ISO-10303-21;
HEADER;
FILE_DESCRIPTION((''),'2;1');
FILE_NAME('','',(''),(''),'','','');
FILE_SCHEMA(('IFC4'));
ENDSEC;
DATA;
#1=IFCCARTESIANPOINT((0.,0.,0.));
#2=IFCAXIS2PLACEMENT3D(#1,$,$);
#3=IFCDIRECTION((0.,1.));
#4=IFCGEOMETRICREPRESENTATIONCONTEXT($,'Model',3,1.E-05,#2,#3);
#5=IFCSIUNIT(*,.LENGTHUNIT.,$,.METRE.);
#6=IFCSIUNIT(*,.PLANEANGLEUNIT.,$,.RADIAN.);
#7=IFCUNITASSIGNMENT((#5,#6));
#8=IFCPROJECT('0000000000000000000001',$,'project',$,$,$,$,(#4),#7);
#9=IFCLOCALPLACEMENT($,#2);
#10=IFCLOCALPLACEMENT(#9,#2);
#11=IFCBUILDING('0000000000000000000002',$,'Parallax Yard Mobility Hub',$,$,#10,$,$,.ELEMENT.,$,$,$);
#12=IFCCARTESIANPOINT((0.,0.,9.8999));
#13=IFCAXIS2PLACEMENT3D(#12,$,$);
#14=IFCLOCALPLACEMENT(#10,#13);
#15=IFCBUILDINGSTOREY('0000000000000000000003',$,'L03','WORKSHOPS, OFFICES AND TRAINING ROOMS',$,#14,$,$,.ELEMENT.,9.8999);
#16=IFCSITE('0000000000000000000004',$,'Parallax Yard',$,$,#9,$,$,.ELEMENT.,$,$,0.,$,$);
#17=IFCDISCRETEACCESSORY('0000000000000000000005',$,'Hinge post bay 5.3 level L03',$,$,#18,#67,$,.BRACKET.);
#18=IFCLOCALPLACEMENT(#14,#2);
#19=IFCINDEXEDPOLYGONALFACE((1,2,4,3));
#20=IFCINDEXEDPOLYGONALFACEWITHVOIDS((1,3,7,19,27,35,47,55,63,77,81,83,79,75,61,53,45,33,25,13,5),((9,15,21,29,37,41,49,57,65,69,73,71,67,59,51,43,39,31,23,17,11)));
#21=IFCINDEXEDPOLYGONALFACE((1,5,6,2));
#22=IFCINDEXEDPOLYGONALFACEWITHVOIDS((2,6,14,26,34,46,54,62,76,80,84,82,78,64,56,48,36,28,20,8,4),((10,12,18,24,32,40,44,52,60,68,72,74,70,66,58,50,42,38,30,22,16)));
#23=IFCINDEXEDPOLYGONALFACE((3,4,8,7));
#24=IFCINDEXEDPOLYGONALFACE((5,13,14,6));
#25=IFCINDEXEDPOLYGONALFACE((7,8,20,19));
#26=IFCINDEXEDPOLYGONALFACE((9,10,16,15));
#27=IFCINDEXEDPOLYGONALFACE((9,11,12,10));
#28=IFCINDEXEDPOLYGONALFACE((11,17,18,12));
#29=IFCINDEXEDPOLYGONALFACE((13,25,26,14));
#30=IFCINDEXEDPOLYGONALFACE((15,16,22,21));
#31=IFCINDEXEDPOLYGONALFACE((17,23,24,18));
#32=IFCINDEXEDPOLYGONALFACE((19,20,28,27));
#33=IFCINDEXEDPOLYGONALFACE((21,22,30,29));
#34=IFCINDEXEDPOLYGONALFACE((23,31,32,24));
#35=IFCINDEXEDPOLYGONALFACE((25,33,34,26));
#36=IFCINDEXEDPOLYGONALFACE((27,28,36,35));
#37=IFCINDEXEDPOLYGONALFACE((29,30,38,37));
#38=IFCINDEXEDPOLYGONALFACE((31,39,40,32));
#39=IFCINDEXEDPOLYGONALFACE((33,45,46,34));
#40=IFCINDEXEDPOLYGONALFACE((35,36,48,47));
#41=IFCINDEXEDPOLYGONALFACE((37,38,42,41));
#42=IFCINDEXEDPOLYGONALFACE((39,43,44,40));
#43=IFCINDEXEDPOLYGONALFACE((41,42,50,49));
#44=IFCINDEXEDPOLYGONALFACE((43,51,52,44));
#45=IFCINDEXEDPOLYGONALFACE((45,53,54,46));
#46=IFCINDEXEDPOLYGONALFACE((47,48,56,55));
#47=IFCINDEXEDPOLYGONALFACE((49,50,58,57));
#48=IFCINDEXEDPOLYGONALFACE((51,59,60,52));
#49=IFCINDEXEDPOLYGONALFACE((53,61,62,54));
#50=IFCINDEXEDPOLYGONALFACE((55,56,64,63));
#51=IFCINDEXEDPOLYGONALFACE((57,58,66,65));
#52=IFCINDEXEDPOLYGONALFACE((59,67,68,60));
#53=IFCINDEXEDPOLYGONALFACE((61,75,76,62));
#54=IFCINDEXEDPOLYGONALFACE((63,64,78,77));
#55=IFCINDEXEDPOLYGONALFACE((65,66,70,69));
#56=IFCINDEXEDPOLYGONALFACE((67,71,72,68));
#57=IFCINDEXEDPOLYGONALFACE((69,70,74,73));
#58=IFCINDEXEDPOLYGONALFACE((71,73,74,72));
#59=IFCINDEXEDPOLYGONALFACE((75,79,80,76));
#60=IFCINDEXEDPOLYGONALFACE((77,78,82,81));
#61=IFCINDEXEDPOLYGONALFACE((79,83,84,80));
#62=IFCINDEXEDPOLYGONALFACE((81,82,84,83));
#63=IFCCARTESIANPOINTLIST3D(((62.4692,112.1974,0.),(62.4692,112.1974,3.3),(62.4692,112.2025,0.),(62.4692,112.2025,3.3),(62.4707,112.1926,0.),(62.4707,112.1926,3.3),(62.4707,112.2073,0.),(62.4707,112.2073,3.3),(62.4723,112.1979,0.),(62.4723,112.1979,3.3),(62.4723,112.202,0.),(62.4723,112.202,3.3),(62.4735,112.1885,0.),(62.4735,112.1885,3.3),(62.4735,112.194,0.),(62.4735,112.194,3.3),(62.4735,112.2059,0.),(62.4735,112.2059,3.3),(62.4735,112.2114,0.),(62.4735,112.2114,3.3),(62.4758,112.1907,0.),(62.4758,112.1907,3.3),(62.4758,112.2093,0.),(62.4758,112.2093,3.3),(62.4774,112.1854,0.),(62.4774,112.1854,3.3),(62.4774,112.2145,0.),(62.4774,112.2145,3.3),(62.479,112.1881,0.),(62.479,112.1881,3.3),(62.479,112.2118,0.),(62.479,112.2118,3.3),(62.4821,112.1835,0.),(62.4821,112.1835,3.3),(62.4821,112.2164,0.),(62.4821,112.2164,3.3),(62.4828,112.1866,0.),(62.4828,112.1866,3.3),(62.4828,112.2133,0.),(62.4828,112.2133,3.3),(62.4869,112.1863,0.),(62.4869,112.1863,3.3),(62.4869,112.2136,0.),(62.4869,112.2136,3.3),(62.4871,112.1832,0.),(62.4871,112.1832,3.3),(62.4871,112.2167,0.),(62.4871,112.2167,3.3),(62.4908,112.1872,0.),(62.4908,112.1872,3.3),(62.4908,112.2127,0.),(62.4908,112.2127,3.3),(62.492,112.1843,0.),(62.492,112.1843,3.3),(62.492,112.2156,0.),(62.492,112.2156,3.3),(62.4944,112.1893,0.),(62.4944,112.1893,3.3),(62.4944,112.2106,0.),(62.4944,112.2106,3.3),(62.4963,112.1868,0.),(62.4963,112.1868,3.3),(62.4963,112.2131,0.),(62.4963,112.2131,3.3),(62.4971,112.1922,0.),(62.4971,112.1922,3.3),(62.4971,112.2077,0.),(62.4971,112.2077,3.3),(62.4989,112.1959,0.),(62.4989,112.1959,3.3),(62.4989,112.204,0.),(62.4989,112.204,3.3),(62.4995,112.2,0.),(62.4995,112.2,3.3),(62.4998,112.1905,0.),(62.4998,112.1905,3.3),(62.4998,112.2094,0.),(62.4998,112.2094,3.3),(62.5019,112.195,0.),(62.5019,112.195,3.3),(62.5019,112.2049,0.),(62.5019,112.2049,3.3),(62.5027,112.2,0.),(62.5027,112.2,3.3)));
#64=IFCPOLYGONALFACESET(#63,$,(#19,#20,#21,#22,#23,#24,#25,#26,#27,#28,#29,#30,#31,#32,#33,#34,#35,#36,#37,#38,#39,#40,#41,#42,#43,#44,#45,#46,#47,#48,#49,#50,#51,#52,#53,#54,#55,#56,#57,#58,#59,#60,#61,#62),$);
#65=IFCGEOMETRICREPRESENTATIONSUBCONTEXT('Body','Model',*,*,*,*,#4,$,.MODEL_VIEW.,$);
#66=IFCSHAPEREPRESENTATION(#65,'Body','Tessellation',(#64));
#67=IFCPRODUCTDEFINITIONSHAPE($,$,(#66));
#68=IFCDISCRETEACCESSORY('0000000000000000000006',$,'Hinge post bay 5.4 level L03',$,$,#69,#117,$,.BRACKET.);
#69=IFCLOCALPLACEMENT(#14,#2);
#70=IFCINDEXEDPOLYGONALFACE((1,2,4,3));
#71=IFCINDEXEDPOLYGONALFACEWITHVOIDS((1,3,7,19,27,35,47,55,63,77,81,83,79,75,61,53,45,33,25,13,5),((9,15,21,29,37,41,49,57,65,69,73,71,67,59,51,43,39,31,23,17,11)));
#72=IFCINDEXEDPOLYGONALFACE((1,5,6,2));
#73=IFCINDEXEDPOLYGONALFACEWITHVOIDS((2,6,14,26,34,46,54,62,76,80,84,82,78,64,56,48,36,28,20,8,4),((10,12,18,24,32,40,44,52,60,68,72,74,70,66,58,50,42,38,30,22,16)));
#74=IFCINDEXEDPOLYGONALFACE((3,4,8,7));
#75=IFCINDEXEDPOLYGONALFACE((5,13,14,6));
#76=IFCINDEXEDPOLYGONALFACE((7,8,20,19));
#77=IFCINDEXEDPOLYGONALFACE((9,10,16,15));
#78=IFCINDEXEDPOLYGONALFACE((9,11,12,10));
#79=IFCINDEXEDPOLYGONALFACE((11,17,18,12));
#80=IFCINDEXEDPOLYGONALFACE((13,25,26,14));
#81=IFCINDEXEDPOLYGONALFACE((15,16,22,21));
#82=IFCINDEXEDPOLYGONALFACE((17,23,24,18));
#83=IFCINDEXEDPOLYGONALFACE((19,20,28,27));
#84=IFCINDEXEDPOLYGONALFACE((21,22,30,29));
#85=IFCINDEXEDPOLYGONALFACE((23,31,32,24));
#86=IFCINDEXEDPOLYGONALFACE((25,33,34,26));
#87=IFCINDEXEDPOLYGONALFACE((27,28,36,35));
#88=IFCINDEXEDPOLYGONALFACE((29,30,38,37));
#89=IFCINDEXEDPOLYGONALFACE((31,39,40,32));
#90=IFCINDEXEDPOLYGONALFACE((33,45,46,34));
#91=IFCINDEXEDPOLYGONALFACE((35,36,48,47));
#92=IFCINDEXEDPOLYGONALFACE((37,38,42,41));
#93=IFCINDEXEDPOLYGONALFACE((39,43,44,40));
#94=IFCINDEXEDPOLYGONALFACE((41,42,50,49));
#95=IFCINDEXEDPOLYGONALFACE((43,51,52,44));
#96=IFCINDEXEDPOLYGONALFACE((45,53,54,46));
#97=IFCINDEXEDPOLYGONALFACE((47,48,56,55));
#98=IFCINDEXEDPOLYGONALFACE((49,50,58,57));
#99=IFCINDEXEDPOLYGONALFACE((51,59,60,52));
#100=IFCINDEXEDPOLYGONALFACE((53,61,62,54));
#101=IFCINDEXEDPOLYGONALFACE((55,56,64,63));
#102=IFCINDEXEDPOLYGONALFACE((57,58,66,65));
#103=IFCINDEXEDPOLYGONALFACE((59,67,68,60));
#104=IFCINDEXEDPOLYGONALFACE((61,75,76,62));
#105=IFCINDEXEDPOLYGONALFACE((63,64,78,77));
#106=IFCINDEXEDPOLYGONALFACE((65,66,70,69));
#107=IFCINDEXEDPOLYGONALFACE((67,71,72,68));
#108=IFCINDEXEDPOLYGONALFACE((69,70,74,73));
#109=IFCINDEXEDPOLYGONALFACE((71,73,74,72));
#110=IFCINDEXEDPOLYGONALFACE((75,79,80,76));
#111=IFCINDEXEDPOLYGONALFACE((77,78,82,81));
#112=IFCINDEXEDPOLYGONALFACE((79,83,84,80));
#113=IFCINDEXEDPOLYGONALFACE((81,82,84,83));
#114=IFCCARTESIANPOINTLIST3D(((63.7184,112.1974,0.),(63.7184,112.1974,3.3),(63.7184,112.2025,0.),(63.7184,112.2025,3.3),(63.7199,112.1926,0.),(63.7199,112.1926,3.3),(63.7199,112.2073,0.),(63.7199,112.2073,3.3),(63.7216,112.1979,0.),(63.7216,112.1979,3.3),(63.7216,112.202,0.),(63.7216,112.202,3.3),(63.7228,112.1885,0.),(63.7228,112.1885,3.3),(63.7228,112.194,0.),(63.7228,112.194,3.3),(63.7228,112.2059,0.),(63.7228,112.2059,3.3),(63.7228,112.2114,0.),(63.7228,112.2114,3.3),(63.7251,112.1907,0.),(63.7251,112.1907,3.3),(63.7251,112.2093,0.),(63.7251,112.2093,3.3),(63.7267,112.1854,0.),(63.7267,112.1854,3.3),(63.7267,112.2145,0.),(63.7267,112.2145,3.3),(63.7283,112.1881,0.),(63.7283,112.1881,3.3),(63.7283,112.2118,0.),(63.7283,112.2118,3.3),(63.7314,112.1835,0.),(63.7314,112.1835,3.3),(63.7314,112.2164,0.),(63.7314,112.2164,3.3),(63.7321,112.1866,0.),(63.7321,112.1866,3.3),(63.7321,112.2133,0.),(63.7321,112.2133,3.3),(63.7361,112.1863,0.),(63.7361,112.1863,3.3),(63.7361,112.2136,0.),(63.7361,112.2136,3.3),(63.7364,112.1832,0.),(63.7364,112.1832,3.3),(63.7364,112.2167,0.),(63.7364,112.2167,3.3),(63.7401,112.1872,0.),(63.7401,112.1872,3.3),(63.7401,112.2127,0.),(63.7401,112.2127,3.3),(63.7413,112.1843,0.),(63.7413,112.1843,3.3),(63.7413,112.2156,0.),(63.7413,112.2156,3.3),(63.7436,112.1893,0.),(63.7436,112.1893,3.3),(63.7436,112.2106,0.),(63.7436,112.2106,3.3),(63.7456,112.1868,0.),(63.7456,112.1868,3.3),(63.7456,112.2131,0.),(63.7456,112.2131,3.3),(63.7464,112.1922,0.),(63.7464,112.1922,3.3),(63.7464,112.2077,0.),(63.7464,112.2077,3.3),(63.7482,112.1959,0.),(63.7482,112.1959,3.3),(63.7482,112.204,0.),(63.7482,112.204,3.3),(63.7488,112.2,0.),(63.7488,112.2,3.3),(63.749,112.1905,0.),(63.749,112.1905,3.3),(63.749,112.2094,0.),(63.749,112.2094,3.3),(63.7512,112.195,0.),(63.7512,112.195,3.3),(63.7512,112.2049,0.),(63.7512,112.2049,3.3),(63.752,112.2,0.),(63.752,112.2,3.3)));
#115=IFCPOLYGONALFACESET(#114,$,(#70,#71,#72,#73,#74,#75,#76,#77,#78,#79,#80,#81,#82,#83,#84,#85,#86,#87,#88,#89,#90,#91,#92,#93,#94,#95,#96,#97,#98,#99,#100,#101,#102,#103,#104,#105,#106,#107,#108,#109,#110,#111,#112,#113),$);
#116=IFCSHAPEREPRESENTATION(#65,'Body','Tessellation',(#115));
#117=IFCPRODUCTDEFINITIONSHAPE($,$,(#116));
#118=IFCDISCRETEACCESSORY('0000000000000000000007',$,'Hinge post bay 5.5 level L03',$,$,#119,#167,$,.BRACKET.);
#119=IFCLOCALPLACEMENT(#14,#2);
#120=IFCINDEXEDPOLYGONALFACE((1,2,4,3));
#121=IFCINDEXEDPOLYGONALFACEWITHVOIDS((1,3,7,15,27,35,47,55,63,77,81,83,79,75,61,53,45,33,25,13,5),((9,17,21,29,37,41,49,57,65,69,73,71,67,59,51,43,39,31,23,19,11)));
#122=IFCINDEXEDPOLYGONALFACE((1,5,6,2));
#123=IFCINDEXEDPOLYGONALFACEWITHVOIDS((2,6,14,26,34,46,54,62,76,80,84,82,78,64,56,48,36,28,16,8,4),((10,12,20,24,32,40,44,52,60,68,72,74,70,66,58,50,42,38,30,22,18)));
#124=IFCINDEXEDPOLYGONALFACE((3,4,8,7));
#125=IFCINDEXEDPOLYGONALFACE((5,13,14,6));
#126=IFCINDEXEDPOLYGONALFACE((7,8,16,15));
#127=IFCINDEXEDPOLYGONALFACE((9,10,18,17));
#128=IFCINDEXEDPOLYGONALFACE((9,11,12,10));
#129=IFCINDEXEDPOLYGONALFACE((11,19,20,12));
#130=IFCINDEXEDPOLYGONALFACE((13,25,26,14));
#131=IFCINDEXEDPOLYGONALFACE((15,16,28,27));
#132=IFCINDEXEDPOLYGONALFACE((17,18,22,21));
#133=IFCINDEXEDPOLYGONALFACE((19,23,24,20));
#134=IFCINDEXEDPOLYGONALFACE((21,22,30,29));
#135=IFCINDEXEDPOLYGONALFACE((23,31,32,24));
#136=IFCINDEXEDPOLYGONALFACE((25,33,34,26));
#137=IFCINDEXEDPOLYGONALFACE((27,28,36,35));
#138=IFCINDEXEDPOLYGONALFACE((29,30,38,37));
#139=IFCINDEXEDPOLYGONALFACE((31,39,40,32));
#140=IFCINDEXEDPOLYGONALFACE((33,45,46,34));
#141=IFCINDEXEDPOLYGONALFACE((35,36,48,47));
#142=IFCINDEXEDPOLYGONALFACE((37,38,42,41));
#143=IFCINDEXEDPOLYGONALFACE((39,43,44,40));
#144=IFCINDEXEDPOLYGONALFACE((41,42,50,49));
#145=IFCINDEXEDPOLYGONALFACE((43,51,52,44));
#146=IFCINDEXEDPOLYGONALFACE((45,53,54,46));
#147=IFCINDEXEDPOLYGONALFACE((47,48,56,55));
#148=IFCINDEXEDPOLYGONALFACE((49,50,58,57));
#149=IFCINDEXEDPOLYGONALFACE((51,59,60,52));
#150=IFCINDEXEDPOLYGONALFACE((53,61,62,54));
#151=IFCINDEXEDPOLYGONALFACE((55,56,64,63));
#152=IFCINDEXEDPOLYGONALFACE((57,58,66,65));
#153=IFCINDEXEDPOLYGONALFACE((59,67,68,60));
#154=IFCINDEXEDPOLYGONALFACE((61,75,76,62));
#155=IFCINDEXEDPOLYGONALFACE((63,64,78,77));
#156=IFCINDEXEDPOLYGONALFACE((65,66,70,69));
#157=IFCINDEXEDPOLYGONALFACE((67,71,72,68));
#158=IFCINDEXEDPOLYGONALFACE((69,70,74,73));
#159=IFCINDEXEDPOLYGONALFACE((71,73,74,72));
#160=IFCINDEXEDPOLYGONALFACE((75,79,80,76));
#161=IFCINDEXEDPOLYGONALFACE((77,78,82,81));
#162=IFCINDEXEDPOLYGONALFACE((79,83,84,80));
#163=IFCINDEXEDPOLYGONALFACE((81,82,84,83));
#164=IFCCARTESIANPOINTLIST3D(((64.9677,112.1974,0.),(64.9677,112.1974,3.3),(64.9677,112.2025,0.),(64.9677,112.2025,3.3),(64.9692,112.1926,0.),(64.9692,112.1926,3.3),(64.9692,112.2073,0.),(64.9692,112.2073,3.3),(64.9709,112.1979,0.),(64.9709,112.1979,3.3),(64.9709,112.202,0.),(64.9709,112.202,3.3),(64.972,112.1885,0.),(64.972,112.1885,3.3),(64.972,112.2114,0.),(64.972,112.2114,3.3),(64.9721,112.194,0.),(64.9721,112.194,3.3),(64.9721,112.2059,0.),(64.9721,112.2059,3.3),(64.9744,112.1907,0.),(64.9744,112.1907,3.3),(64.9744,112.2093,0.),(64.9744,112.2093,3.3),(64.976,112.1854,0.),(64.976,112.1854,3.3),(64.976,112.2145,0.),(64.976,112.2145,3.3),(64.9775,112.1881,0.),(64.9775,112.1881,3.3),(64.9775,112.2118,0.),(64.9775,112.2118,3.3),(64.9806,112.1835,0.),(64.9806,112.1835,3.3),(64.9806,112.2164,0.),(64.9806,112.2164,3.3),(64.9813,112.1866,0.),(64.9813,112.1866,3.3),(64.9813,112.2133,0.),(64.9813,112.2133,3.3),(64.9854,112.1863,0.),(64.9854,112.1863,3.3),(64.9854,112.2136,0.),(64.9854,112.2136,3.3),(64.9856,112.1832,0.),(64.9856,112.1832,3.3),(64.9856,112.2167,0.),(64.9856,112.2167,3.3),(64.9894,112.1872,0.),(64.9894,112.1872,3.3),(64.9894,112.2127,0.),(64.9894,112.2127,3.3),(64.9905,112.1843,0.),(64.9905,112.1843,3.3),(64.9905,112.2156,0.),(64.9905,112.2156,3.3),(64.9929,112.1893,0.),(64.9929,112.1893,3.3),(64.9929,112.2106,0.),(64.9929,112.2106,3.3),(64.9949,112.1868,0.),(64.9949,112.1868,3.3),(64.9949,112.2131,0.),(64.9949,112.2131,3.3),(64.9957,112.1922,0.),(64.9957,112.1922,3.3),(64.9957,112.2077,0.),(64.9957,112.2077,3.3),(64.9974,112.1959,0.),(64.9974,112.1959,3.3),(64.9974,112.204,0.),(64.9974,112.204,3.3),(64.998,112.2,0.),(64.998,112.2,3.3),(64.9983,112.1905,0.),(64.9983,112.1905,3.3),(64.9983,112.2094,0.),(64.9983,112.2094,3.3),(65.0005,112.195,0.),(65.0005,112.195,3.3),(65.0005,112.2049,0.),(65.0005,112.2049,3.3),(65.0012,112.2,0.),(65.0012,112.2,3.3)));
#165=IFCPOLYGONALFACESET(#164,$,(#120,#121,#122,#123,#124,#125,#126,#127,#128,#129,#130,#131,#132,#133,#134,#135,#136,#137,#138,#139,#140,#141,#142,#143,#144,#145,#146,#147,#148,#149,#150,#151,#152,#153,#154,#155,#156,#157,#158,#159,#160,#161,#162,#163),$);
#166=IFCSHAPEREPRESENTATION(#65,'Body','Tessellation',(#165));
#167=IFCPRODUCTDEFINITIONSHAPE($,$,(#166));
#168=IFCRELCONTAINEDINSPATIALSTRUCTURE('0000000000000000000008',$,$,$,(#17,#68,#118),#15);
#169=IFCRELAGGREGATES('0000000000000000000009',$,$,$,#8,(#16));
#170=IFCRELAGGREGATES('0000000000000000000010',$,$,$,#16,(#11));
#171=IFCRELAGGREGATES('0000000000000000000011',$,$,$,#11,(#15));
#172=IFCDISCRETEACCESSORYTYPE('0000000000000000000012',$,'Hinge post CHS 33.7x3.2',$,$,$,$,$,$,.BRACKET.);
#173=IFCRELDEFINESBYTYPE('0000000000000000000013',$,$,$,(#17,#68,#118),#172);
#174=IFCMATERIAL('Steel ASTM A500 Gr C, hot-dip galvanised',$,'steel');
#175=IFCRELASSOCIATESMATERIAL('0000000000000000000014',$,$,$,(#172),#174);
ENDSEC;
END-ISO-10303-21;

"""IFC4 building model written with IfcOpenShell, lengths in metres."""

from ifc_helpers import new_model, si_unit, direction, frame, origin, origin_2d, place, context, subcontext, project, spatial, hollow_circle, extrude, material, material_profile, profile_set, type_object, element, save


model = new_model("IFC4")

# Units and contexts
model_context = context("Model", 3, precision=1e-05, world=origin(), true_north=direction((0.0, 1.0)))
body_context = subcontext(model_context, "Body", "Model", "MODEL_VIEW")
ifc_project = project(units=[si_unit("LENGTHUNIT", "METRE"), si_unit("PLANEANGLEUNIT", "RADIAN")], contexts=[model_context])

# Site, building, storey
site_placement = place(None, origin())
site = spatial("IfcSite", under=ifc_project, at=site_placement, Name="Parallax Yard", CompositionType="ELEMENT", RefElevation=0.0)
building_placement = place(site_placement, origin())
building = spatial("IfcBuilding", under=site, at=building_placement, Name="Parallax Yard Mobility Hub", CompositionType="ELEMENT")
storey_placement = place(building_placement, frame((0.0, 0.0, 9.8999)))
storey = spatial("IfcBuildingStorey", under=building, at=storey_placement, Name="L03", Description="WORKSHOPS, OFFICES AND TRAINING ROOMS", CompositionType="ELEMENT", Elevation=9.8999)

# Discrete accessories
ifc_material_1 = material(Name="Steel ASTM A500 Gr C, hot-dip galvanised", Category="steel")
ifc_material_profile_1 = material_profile(ifc_material_1, hollow_circle(Radius=0.0168, WallThickness=0.0032, at=origin_2d()), Name="CHS 33.7x3.2")
ifc_profile_set_1 = profile_set([ifc_material_profile_1], Name="Steel ASTM A500 Gr C, hot-dip galvanised")
discrete_accessory_type_1 = type_object("IfcDiscreteAccessoryType", Name="Hinge post CHS 33.7x3.2", PredefinedType="BRACKET", material=ifc_profile_set_1)
for number, where, z_axis, x_axis, name in (
    (1, (62.4858, 112.2, 0.0), (0.0, 0.0, 1.0), (1.0, 0.0, 0.0), "Hinge post bay 5.3 level L03"),
    (2, (63.7351, 112.2, 0.0), (0.0, 0.0, 1.0), (1.0, 0.0, 0.0), "Hinge post bay 5.4 level L03"),
    (3, (64.9844, 112.2, 0.0), (0.0, 0.0, 1.0), (1.0, 0.0, 0.0), "Hinge post bay 5.5 level L03"),
):
    element("IfcDiscreteAccessory", number, at=place(storey_placement, frame(where, z_axis=z_axis, x_axis=x_axis)), inside=storey, type_object=discrete_accessory_type_1, Name=name, PredefinedType="BRACKET", context=body_context, shape_type="SweptSolid", body=[
        extrude(hollow_circle(Radius=0.0168, WallThickness=0.0032, at=origin_2d()), origin(), (0.0, 0.0, 1.0), 3.3),
    ])

save(model, "model.ifc")
